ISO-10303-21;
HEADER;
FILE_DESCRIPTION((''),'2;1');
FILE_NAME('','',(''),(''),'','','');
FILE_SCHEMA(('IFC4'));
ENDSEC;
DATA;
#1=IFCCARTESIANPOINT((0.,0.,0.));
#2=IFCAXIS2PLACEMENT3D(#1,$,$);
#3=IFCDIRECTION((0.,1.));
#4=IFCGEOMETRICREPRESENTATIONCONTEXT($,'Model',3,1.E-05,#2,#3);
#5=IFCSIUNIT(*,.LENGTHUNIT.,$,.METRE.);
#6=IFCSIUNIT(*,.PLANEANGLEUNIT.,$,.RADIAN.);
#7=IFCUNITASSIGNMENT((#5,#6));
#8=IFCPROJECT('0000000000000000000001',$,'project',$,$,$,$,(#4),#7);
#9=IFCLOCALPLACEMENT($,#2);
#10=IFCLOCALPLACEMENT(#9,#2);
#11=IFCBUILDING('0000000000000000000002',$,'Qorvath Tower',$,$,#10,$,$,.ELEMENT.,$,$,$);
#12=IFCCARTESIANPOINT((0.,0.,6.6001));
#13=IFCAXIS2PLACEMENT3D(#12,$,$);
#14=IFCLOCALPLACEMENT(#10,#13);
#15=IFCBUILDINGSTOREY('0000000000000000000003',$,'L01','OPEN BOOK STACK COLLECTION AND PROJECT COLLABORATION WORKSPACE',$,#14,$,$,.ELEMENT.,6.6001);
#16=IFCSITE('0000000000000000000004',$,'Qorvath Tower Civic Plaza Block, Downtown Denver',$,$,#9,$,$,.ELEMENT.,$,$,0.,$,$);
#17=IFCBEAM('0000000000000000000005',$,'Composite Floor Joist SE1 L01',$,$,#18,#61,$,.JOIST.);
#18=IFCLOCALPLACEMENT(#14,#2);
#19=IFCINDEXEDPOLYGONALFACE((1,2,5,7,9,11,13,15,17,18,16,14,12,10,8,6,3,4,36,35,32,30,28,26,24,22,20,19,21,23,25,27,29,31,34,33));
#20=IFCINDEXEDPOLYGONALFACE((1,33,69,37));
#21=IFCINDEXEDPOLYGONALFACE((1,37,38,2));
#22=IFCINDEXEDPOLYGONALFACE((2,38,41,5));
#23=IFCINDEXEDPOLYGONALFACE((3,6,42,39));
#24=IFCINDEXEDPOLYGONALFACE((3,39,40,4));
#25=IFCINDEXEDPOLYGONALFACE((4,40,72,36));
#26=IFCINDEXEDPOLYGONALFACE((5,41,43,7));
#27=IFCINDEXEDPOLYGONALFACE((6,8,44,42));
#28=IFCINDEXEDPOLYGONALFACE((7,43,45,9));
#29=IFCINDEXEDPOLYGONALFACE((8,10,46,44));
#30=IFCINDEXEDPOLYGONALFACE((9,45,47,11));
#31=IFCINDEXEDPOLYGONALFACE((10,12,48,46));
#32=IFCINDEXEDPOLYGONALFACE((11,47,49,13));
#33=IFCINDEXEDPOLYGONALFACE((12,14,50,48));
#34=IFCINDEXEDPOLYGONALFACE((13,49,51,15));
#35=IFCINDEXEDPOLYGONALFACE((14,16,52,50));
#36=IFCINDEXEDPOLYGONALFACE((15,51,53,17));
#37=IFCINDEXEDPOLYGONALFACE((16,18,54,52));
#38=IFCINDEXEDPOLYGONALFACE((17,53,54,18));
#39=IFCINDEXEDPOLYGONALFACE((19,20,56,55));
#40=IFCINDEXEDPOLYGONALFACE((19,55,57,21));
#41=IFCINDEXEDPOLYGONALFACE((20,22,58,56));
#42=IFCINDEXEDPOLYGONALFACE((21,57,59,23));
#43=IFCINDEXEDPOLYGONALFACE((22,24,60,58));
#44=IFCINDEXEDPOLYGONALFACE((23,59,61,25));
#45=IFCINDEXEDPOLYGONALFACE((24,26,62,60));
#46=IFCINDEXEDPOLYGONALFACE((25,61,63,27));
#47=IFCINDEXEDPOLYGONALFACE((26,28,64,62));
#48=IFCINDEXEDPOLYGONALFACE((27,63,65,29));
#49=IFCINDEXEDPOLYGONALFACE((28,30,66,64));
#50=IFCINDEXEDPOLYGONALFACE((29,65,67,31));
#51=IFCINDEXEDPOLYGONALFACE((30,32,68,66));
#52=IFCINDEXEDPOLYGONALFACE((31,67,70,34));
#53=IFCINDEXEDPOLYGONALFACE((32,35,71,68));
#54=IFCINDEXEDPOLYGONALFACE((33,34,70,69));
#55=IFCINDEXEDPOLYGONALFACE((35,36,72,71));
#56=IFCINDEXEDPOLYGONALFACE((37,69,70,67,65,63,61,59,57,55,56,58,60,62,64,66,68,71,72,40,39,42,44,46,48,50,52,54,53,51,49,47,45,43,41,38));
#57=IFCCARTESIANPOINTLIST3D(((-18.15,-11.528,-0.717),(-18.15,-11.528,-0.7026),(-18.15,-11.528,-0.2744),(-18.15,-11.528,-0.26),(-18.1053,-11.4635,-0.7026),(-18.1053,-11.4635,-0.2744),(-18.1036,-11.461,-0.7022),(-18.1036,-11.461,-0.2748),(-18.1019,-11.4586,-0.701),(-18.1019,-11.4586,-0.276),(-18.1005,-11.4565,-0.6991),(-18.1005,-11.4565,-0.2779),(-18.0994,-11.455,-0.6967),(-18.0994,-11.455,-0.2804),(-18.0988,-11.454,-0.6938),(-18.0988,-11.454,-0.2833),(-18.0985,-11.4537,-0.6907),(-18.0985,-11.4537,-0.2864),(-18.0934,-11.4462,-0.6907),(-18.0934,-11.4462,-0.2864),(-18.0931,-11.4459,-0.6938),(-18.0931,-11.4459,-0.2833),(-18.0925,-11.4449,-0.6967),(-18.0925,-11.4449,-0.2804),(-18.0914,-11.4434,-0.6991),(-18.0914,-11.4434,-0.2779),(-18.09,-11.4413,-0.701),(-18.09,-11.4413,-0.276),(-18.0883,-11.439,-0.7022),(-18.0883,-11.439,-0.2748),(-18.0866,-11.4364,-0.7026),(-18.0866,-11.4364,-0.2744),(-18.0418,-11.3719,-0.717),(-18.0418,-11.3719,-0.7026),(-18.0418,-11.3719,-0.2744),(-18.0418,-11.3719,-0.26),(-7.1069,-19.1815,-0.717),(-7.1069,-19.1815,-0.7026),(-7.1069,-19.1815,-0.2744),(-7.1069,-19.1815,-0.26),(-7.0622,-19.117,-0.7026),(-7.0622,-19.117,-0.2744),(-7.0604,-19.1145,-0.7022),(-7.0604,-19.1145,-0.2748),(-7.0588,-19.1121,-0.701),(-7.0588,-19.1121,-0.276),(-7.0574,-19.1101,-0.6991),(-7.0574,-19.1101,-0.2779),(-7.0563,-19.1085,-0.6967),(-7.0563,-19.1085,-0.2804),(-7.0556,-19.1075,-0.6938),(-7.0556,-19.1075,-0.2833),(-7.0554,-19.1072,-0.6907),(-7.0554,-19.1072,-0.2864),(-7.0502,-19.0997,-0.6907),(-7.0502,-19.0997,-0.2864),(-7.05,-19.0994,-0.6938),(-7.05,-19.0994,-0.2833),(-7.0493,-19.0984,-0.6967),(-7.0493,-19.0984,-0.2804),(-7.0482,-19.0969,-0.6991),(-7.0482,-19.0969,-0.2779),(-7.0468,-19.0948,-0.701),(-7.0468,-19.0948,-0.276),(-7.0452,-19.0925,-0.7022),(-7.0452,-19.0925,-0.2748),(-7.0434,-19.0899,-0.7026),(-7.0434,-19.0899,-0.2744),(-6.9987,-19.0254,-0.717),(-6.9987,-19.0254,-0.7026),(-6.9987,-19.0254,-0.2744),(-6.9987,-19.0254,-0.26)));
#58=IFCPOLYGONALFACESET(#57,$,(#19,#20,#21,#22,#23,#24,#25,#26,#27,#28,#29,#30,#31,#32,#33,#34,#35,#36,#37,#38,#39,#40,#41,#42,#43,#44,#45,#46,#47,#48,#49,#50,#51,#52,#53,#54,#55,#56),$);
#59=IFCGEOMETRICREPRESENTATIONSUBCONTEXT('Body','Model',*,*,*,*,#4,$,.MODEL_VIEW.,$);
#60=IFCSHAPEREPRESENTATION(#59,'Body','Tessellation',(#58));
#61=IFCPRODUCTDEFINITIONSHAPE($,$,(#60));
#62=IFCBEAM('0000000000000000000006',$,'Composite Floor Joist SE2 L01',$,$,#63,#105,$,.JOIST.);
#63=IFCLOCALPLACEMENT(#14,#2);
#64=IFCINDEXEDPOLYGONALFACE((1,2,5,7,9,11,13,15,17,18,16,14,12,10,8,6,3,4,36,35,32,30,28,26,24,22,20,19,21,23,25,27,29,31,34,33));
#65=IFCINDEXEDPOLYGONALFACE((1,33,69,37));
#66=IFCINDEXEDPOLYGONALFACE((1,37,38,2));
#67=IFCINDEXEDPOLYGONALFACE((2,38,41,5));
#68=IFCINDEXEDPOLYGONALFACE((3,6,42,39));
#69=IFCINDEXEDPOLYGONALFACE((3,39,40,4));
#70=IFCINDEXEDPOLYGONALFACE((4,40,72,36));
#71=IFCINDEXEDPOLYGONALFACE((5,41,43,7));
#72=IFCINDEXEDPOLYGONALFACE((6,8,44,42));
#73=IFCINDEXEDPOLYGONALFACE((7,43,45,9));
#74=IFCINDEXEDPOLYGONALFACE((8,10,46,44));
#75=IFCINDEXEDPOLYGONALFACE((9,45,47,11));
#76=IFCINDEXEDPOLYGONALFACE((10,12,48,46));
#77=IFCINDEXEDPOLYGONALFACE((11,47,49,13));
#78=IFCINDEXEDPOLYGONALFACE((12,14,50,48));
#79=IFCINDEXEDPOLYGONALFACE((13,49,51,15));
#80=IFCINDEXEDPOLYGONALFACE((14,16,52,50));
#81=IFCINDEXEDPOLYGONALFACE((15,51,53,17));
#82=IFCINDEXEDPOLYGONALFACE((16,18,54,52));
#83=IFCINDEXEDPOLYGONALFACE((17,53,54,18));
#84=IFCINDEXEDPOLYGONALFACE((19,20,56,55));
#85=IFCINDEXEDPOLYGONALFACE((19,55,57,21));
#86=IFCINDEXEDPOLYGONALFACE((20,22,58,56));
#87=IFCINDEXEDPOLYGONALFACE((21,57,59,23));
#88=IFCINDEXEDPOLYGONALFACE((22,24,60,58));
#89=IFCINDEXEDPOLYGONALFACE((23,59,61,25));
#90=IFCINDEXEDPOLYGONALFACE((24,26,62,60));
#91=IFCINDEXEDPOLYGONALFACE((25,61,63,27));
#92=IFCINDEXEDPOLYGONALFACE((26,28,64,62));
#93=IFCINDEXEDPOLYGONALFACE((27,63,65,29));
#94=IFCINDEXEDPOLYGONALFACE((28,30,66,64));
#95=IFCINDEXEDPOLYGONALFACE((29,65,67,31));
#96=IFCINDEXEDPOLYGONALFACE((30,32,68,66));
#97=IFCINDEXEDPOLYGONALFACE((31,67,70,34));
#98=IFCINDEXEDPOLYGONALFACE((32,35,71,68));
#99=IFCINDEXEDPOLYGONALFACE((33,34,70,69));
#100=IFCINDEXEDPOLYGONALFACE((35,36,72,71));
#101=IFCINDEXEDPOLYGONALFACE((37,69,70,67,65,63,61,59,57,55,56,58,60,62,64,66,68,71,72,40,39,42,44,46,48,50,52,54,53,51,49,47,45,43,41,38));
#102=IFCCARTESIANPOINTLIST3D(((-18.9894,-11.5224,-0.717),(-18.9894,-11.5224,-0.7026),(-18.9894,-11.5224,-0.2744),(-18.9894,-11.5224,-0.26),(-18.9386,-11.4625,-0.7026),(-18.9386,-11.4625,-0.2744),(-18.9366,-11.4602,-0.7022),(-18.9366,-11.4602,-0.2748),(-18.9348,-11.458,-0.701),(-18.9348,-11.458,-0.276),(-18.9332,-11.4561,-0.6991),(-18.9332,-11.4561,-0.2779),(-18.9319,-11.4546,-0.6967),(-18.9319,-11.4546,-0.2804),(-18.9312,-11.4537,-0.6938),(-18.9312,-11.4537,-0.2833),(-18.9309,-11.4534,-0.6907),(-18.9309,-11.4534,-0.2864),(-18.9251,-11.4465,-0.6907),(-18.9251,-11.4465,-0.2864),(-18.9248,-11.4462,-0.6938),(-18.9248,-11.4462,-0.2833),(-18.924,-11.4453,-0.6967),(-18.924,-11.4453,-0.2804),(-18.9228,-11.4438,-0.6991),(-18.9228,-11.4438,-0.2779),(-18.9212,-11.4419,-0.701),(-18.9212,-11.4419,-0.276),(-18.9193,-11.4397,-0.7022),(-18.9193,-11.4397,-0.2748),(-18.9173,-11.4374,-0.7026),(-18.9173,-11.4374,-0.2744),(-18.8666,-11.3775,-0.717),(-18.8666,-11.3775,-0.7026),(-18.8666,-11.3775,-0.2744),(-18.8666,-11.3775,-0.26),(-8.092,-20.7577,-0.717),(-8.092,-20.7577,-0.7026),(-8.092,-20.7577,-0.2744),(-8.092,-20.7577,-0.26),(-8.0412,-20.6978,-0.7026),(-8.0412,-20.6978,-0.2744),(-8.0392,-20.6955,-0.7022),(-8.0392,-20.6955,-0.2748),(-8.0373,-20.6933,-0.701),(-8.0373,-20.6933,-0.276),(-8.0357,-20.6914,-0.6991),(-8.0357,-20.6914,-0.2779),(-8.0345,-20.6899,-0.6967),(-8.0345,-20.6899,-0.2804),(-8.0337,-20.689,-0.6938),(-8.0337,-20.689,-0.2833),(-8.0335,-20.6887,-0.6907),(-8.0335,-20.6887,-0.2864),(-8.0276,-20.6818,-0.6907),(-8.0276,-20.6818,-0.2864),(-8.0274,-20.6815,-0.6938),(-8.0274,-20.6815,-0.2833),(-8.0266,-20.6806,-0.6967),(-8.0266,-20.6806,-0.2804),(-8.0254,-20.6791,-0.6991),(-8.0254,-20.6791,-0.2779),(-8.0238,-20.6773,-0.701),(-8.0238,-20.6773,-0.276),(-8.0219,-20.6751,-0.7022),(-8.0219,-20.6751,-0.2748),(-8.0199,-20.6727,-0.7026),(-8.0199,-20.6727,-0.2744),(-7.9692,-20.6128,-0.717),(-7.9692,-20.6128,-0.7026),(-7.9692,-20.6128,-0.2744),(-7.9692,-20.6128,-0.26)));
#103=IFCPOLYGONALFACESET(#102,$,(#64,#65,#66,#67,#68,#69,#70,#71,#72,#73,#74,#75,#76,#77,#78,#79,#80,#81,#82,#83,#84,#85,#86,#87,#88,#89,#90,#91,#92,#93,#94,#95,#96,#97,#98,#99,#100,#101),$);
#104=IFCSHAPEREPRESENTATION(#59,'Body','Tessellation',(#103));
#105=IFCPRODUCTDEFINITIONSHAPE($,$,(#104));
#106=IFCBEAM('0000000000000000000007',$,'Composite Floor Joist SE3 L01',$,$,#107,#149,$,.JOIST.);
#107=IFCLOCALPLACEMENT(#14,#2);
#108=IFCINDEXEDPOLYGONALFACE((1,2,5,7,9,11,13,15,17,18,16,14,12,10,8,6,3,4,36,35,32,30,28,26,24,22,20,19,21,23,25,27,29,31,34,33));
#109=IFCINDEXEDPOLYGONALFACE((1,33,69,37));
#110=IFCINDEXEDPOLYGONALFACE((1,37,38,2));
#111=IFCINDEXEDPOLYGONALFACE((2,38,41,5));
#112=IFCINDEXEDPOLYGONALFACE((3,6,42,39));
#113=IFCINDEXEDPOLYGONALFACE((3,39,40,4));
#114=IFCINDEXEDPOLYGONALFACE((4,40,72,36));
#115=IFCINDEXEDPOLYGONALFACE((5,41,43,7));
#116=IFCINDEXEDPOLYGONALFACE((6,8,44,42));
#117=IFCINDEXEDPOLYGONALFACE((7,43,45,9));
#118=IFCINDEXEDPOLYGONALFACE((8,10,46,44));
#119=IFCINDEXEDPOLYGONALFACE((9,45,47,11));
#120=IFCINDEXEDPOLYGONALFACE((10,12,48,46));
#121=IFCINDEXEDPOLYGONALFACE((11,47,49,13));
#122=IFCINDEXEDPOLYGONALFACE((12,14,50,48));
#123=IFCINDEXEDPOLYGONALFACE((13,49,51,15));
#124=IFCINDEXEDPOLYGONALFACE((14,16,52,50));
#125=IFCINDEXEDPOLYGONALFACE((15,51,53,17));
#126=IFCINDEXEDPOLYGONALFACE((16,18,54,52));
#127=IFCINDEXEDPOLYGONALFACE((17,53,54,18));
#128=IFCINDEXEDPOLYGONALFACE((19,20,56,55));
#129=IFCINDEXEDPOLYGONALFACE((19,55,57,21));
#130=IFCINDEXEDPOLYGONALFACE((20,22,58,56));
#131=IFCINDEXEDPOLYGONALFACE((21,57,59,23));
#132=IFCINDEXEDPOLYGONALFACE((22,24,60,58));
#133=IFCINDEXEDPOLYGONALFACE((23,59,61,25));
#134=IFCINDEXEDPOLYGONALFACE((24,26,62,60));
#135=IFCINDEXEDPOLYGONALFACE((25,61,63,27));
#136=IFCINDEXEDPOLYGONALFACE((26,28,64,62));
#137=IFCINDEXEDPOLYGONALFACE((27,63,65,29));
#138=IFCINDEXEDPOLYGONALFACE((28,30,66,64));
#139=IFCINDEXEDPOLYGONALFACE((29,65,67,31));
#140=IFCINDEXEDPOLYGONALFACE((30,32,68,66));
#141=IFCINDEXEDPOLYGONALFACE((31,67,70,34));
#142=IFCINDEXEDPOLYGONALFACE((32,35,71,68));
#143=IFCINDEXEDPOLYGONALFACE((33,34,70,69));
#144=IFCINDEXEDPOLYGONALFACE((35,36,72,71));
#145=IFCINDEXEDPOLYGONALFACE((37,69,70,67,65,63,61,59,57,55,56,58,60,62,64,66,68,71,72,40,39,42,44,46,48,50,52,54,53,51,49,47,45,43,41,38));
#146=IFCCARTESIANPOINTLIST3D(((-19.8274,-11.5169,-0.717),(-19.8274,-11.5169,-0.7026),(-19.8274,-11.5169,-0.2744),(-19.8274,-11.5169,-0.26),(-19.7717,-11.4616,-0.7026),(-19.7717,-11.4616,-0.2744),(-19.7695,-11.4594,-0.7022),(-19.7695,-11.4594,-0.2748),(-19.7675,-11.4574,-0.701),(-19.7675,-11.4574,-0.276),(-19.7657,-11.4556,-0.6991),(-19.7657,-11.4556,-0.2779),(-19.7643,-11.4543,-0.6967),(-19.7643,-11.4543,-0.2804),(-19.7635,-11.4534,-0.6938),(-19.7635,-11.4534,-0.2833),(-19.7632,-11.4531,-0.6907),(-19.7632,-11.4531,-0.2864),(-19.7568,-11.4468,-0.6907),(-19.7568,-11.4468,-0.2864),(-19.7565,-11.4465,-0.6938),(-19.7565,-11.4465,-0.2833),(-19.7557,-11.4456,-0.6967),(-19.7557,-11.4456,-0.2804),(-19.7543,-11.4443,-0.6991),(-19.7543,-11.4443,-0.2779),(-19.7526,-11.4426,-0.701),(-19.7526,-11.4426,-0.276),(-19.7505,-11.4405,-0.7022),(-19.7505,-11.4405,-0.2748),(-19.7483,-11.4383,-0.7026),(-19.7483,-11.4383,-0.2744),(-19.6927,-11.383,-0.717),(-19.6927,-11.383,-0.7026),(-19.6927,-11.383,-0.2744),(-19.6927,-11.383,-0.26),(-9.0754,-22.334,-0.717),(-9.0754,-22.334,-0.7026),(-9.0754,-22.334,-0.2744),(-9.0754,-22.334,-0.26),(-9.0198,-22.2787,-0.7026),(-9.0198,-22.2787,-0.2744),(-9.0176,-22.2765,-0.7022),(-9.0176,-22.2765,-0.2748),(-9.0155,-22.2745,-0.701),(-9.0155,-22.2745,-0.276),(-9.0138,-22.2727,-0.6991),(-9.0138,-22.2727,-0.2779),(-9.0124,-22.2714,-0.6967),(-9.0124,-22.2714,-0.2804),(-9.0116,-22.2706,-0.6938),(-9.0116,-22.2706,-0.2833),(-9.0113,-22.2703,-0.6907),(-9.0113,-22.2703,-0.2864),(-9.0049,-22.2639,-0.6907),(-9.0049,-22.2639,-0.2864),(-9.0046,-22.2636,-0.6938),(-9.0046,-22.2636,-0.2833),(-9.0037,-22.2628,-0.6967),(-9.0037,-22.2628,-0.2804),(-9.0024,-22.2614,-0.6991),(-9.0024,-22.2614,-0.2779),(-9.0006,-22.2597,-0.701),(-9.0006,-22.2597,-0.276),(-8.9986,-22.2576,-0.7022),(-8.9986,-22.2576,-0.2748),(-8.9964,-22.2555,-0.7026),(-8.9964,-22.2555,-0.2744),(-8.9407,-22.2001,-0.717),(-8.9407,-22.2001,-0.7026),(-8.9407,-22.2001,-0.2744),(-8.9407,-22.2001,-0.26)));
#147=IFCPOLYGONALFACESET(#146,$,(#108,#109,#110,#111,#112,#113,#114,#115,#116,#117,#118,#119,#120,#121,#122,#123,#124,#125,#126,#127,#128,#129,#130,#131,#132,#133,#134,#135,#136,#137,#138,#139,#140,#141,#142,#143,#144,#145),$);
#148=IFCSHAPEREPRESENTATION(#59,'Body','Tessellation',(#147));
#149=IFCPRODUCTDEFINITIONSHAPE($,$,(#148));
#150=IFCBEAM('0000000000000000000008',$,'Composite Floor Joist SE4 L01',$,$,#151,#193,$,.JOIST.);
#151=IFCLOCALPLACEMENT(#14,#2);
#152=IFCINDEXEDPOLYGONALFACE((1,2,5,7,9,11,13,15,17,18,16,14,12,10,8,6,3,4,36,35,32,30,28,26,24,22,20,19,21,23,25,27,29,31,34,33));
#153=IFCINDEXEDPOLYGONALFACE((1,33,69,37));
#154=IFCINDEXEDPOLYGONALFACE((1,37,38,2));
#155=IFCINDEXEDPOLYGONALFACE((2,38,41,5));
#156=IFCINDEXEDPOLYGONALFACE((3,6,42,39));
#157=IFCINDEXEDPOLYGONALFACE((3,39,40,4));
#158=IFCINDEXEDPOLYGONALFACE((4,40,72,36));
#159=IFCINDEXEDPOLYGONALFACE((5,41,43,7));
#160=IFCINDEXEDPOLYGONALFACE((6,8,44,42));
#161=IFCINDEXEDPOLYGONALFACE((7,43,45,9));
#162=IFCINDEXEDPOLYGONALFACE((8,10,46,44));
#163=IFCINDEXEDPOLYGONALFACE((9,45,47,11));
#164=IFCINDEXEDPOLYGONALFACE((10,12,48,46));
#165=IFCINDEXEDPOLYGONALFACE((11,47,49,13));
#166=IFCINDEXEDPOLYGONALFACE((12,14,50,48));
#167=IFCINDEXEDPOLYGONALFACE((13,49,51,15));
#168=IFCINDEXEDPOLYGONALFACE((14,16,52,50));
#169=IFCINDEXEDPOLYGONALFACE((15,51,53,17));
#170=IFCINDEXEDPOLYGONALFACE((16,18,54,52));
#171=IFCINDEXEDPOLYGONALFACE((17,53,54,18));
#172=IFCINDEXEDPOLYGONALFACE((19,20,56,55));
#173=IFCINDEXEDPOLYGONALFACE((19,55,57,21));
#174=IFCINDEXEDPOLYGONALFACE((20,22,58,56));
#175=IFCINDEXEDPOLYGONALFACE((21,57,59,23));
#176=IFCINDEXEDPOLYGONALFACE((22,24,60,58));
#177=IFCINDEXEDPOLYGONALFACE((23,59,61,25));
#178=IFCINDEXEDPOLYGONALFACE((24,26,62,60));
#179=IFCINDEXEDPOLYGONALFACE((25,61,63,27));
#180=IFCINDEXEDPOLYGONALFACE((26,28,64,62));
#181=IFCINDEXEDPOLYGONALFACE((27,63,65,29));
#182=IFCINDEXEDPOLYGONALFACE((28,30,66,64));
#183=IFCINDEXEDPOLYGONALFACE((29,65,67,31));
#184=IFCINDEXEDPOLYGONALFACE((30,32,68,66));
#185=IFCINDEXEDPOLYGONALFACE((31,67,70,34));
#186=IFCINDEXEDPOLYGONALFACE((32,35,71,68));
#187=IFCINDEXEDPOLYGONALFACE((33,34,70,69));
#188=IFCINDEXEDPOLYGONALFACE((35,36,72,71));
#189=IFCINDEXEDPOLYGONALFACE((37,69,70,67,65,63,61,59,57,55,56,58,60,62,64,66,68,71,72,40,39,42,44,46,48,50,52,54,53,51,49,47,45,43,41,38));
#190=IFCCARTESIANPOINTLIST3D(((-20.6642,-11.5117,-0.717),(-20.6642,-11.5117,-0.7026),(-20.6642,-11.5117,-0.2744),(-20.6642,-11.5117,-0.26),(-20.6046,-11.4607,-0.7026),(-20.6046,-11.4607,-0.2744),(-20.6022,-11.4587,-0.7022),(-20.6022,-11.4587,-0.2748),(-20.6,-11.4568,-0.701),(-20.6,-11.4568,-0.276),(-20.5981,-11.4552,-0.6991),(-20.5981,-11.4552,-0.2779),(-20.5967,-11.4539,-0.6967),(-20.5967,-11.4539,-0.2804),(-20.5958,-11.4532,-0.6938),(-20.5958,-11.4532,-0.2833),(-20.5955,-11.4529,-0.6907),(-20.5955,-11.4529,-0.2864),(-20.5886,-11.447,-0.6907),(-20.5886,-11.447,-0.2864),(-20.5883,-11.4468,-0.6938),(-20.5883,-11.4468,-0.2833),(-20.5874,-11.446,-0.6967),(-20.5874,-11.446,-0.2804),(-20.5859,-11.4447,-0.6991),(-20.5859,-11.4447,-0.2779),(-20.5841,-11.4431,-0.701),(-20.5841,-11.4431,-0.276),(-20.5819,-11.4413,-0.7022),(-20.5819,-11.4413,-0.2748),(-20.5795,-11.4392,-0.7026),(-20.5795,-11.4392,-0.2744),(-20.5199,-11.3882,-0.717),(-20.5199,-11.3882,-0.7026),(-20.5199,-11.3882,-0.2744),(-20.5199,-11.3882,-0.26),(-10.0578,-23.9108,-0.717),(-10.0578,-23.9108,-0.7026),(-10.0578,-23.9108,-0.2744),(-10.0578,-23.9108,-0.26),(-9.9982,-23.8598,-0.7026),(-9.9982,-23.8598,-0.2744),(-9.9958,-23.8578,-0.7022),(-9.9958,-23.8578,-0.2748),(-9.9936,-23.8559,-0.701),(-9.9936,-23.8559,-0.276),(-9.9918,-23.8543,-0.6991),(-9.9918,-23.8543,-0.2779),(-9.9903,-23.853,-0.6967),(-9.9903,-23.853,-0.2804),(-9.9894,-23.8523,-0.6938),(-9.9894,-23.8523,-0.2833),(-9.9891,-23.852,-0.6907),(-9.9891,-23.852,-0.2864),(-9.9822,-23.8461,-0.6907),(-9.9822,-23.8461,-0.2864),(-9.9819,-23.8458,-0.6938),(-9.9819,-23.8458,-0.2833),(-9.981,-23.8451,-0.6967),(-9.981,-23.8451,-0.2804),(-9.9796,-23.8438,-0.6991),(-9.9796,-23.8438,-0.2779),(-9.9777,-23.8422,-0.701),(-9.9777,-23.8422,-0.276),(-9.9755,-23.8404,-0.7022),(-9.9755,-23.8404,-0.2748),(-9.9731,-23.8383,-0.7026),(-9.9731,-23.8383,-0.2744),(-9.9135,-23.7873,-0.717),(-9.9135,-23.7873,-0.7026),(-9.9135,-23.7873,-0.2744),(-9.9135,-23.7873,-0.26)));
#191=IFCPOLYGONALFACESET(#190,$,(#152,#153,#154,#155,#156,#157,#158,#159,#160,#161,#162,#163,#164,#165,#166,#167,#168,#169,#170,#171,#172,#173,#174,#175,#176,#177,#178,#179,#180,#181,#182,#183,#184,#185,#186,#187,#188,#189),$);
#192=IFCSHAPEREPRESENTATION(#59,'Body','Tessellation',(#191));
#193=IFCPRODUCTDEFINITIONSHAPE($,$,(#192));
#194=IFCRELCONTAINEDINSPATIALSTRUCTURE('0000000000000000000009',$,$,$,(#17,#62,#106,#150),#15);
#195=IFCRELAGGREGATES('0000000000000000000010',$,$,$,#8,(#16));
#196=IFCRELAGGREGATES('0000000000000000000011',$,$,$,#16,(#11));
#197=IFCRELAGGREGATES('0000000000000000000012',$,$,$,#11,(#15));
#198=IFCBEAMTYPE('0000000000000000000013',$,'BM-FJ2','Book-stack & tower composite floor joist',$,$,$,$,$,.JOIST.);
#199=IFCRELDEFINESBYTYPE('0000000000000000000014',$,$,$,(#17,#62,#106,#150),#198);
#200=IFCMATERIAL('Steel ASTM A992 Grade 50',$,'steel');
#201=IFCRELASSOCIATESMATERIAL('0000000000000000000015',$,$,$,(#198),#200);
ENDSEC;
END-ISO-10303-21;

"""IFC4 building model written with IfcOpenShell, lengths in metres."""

from ifc_helpers import new_model, si_unit, direction, frame, origin, origin_2d, place, context, subcontext, project, spatial, i_section, extrude, material, material_profile, profile_set, type_object, element, save


model = new_model("IFC4")

# Units and contexts
model_context = context("Model", 3, precision=1e-05, world=origin(), true_north=direction((0.0, 1.0)))
body_context = subcontext(model_context, "Body", "Model", "MODEL_VIEW")
ifc_project = project(units=[si_unit("LENGTHUNIT", "METRE"), si_unit("PLANEANGLEUNIT", "RADIAN")], contexts=[model_context])

# Site, building, storey
site_placement = place(None, origin())
site = spatial("IfcSite", under=ifc_project, at=site_placement, Name="Qorvath Tower Civic Plaza Block, Downtown Denver", CompositionType="ELEMENT", RefElevation=0.0)
building_placement = place(site_placement, origin())
building = spatial("IfcBuilding", under=site, at=building_placement, Name="Qorvath Tower", CompositionType="ELEMENT")
storey_placement = place(building_placement, frame((0.0, 0.0, 6.6001)))
storey = spatial("IfcBuildingStorey", under=building, at=storey_placement, Name="L01", Description="OPEN BOOK STACK COLLECTION AND PROJECT COLLABORATION WORKSPACE", CompositionType="ELEMENT", Elevation=6.6001)

# Beams
ifc_material_1 = material(Name="Steel ASTM A992 Grade 50", Category="steel")
ifc_material_profile_1 = material_profile(ifc_material_1, i_section(OverallWidth=0.1899, OverallDepth=0.457, WebThickness=0.009, FlangeThickness=0.0144, FilletRadius=0.012, at=origin_2d()), Name="W18x50")
ifc_profile_set_1 = profile_set([ifc_material_profile_1], Name="Steel ASTM A992 Grade 50")
beam_type_1 = type_object("IfcBeamType", Name="BM-FJ2", Description="Book-stack & tower composite floor joist", PredefinedType="JOIST", material=ifc_profile_set_1)
beam_1_placement = place(storey_placement, frame((-18.0959, -11.45, -0.4885), z_axis=(0.821904, -0.569626, 0.0), x_axis=(0.569626, 0.821904, 0.0)))
element("IfcBeam", 1, at=beam_1_placement, inside=storey, type_object=beam_type_1, Name="Composite Floor Joist SE1 L01", PredefinedType="JOIST", context=body_context, shape_type="SweptSolid", body=[
    extrude(i_section(OverallWidth=0.1899, OverallDepth=0.457, WebThickness=0.009, FlangeThickness=0.0144, FilletRadius=0.012, at=origin_2d()), origin(), (0.0, 0.0, 1.0), 13.436),
])
beam_2_placement = place(storey_placement, frame((-18.928, -11.45, -0.4885), z_axis=(0.762888, -0.64653, 0.0), x_axis=(0.64653, 0.762888, 0.0)))
element("IfcBeam", 2, at=beam_2_placement, inside=storey, type_object=beam_type_1, Name="Composite Floor Joist SE2 L01", PredefinedType="JOIST", context=body_context, shape_type="SweptSolid", body=[
    extrude(i_section(OverallWidth=0.1899, OverallDepth=0.457, WebThickness=0.009, FlangeThickness=0.0144, FilletRadius=0.012, at=origin_2d()), origin(), (0.0, 0.0, 1.0), 14.2844),
])
beam_3_placement = place(storey_placement, frame((-19.76, -11.45, -0.4885), z_axis=(0.704967, -0.709241, 0.0), x_axis=(0.709241, 0.704967, 0.0)))
element("IfcBeam", 3, at=beam_3_placement, inside=storey, type_object=beam_type_1, Name="Composite Floor Joist SE3 L01", PredefinedType="JOIST", context=body_context, shape_type="SweptSolid", body=[
    extrude(i_section(OverallWidth=0.1899, OverallDepth=0.457, WebThickness=0.009, FlangeThickness=0.0144, FilletRadius=0.012, at=origin_2d()), origin(), (0.0, 0.0, 1.0), 15.2517),
])
beam_4_placement = place(storey_placement, frame((-20.592, -11.45, -0.4885), z_axis=(0.650034, -0.759905, 0.0), x_axis=(0.759905, 0.650034, 0.0)))
element("IfcBeam", 4, at=beam_4_placement, inside=storey, type_object=beam_type_1, Name="Composite Floor Joist SE4 L01", PredefinedType="JOIST", context=body_context, shape_type="SweptSolid", body=[
    extrude(i_section(OverallWidth=0.1899, OverallDepth=0.457, WebThickness=0.009, FlangeThickness=0.0144, FilletRadius=0.012, at=origin_2d()), origin(), (0.0, 0.0, 1.0), 16.3167),
])

save(model, "model.ifc")
